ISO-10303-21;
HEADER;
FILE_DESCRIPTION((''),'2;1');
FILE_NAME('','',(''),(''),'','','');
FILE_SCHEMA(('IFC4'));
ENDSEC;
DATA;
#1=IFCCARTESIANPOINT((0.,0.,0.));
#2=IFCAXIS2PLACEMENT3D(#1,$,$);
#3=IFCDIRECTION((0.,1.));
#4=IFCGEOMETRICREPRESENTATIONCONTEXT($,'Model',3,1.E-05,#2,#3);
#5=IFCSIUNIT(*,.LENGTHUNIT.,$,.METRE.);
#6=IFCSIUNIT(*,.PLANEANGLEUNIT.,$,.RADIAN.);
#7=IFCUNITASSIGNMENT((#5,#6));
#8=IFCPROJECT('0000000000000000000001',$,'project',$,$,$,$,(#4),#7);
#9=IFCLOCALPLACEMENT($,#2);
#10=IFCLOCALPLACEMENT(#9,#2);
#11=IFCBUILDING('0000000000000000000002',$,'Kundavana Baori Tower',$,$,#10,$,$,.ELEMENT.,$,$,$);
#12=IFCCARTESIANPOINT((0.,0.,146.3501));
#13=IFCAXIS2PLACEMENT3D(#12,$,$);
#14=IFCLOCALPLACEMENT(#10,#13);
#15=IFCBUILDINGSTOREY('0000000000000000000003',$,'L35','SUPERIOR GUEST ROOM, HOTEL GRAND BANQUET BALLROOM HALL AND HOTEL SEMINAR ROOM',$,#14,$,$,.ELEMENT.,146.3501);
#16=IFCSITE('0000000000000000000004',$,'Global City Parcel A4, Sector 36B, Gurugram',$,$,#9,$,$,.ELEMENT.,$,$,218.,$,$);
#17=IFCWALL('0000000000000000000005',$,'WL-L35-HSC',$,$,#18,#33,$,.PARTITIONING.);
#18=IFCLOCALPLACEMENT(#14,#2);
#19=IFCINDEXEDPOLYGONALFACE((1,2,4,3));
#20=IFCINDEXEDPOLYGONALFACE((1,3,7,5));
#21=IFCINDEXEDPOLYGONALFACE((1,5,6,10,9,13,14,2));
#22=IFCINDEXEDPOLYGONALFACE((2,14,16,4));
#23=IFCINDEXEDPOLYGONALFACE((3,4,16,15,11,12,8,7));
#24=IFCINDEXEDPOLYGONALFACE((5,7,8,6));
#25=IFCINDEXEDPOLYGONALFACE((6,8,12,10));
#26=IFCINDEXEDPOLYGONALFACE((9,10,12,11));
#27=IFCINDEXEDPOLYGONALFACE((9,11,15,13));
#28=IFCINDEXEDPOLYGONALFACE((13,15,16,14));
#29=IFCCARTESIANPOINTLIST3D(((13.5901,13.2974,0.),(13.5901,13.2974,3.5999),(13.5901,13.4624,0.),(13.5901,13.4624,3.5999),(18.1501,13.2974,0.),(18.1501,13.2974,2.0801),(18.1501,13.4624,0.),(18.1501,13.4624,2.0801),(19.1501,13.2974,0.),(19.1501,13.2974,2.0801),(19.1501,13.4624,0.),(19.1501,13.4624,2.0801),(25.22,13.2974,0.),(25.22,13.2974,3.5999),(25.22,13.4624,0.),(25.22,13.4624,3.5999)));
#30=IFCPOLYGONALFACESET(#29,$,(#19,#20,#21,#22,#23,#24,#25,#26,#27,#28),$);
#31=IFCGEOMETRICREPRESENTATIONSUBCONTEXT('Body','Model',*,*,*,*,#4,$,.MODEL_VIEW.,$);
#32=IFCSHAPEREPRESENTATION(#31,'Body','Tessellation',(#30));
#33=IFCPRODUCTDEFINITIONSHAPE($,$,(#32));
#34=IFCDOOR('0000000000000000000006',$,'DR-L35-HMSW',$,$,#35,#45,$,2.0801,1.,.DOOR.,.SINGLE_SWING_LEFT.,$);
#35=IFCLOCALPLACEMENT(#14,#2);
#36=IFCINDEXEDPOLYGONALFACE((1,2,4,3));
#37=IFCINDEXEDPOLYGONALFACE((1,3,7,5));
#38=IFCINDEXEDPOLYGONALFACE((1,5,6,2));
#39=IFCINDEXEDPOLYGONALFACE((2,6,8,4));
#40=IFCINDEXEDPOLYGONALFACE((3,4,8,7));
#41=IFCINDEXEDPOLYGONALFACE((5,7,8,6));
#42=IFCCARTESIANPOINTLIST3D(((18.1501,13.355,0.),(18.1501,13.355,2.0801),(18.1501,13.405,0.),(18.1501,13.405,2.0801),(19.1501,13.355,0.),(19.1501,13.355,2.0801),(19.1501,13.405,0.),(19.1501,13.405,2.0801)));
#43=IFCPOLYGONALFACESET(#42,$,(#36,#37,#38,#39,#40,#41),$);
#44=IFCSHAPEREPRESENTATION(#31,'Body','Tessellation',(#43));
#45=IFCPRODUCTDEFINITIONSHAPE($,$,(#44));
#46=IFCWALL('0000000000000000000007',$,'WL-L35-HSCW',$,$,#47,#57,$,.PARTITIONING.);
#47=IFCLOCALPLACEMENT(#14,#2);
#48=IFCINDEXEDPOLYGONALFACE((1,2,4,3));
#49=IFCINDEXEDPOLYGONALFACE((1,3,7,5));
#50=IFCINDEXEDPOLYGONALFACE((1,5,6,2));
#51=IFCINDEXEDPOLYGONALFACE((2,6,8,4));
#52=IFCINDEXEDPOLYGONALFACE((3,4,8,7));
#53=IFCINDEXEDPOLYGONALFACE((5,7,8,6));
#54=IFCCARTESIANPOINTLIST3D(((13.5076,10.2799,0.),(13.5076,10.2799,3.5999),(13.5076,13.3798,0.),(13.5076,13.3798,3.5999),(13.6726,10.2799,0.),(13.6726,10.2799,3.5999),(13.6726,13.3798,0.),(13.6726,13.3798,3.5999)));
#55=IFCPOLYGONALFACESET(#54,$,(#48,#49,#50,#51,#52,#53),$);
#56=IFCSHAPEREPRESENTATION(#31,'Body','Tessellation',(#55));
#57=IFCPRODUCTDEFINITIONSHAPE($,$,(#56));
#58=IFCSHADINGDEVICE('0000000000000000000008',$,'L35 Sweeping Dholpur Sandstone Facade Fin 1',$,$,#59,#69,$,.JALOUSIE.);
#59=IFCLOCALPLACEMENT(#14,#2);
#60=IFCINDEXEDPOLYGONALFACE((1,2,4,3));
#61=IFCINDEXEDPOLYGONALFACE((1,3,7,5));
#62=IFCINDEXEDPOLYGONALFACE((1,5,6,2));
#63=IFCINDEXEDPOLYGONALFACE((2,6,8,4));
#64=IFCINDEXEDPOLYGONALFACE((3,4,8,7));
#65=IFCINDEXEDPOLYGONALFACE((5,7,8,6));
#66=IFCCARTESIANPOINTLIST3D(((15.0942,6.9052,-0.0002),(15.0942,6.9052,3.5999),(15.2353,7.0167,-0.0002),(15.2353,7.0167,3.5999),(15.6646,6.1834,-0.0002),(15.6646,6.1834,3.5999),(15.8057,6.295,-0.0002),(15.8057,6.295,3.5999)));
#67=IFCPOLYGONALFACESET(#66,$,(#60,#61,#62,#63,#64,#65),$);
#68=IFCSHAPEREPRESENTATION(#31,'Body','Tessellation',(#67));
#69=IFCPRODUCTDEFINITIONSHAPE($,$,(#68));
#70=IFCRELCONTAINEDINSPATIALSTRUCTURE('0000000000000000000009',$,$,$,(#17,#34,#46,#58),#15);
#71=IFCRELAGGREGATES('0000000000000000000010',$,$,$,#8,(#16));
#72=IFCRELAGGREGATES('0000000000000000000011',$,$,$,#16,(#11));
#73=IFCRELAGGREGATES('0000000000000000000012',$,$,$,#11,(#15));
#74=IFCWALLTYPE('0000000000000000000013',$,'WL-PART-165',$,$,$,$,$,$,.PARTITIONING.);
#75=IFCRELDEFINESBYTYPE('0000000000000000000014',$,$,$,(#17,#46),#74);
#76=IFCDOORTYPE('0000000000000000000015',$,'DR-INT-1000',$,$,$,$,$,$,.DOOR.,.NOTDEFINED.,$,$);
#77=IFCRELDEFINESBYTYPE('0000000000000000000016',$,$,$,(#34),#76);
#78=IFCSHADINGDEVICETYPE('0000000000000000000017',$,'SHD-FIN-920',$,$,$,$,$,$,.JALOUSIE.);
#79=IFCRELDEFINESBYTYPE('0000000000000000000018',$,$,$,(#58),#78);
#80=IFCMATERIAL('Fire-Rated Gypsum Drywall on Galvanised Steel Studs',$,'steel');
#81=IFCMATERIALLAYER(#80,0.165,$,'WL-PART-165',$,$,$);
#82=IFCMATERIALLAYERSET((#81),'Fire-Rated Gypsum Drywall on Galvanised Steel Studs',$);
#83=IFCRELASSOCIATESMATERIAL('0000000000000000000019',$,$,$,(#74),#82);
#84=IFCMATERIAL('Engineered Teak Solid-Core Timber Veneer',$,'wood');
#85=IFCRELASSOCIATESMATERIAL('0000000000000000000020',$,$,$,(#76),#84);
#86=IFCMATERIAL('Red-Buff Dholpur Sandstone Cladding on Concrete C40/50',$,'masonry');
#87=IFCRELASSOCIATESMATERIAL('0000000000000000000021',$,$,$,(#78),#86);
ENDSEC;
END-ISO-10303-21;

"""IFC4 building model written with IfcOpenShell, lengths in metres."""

from ifc_helpers import new_model, si_unit, direction, frame, frame_2d, origin, origin_2d, place, context, subcontext, project, spatial, rectangle, extrude, material, layer, layer_set, type_object, element, fill, save


model = new_model("IFC4")

# Units and contexts
model_context = context("Model", 3, precision=1e-05, world=origin(), true_north=direction((0.0, 1.0)))
body_context = subcontext(model_context, "Body", "Model", "MODEL_VIEW")
ifc_project = project(units=[si_unit("LENGTHUNIT", "METRE"), si_unit("PLANEANGLEUNIT", "RADIAN")], contexts=[model_context])

# Site, building, storey
site_placement = place(None, origin())
site = spatial("IfcSite", under=ifc_project, at=site_placement, Name="Global City Parcel A4, Sector 36B, Gurugram", CompositionType="ELEMENT", RefElevation=218.0)
building_placement = place(site_placement, origin())
building = spatial("IfcBuilding", under=site, at=building_placement, Name="Kundavana Baori Tower", CompositionType="ELEMENT")
storey_placement = place(building_placement, frame((0.0, 0.0, 146.3501)))
storey = spatial("IfcBuildingStorey", under=building, at=storey_placement, Name="L35", Description="SUPERIOR GUEST ROOM, HOTEL GRAND BANQUET BALLROOM HALL AND HOTEL SEMINAR ROOM", CompositionType="ELEMENT", Elevation=146.3501)

# Shared definitions
ifc_material_1 = material(Name="Fire-Rated Gypsum Drywall on Galvanised Steel Studs", Category="steel")
ifc_layer_1 = layer(ifc_material_1, 0.165, Name="WL-PART-165")
ifc_layer_set_1 = layer_set([ifc_layer_1], Name="Fire-Rated Gypsum Drywall on Galvanised Steel Studs")
wall_type_1 = type_object("IfcWallType", Name="WL-PART-165", PredefinedType="PARTITIONING", material=ifc_layer_set_1)

# Wall, opening, door
wall_1_placement = place(storey_placement, frame((13.5901, 13.3799, 0.0), z_axis=(0.0, 0.0, 1.0), x_axis=(1.0, 0.0, 0.0)))
wall_1 = element("IfcWall", 1, at=wall_1_placement, inside=storey, type_object=wall_type_1, Name="WL-L35-HSC", PredefinedType="PARTITIONING", context=body_context, shape_type="SweptSolid", body=[
    extrude(rectangle(XDim=11.6299, YDim=0.165, at=frame_2d((5.8149, 0.0))), origin(), (0.0, 0.0, 1.0), 3.5999),
])
opening_1_placement = place(wall_1_placement, frame((4.5601, 0.0, 0.0)))
opening_1 = element("IfcOpeningElement", 2, at=opening_1_placement, cuts=wall_1, PredefinedType="OPENING", context=body_context, shape_type="SweptSolid", body=[
    extrude(rectangle(XDim=1.0, YDim=2.0801, at=frame_2d((0.5, 1.04))), frame((0.0, 0.0925, 0.0), z_axis=(0.0, -1.0, 0.0), x_axis=(1.0, 0.0, 0.0)), (0.0, 0.0, 1.0), 0.1851),
])
ifc_material_2 = material(Name="Engineered Teak Solid-Core Timber Veneer", Category="wood")
door_type_1 = type_object("IfcDoorType", Name="DR-INT-1000", OperationType="NOTDEFINED", PredefinedType="DOOR", material=ifc_material_2)
door_1_placement = place(opening_1_placement, frame((1.0, 0.0, 0.0), z_axis=(0.0, 0.0, 1.0), x_axis=(-1.0, 0.0, 0.0)))
door_1 = element("IfcDoor", 3, at=door_1_placement, inside=storey, type_object=door_type_1, Name="DR-L35-HMSW", OperationType="SINGLE_SWING_LEFT", OverallHeight=2.0801, OverallWidth=1.0, PredefinedType="DOOR", context=body_context, shape_type="SweptSolid", body=[
    extrude(rectangle(XDim=1.0, YDim=2.0801, at=frame_2d((0.5, 1.04))), frame((0.0, 0.0249, 0.0), z_axis=(0.0, -1.0, 0.0), x_axis=(1.0, 0.0, 0.0)), (0.0, 0.0, 1.0), 0.05),
])
fill(opening_1, door_1)

# Wall
wall_2_placement = place(storey_placement, frame((13.5901, 10.28, 0.0), z_axis=(0.0, 0.0, 1.0), x_axis=(0.0, 1.0, 0.0)))
element("IfcWall", 4, at=wall_2_placement, inside=storey, type_object=wall_type_1, Name="WL-L35-HSCW", PredefinedType="PARTITIONING", context=body_context, shape_type="SweptSolid", body=[
    extrude(rectangle(XDim=3.0999, YDim=0.165, at=frame_2d((1.5498, 0.0))), origin(), (0.0, 0.0, 1.0), 3.5999),
])

# Shading device
ifc_material_3 = material(Name="Red-Buff Dholpur Sandstone Cladding on Concrete C40/50", Category="masonry")
shading_device_type = type_object("IfcShadingDeviceType", Name="SHD-FIN-920", PredefinedType="JALOUSIE", material=ifc_material_3)
shading_device_placement = place(storey_placement, frame((15.45, 6.6001, -0.0002), z_axis=(0.0, 0.0, 1.0), x_axis=(0.78456, 0.620053, 0.0)))
element("IfcShadingDevice", 5, at=shading_device_placement, inside=storey, type_object=shading_device_type, Name="L35 Sweeping Dholpur Sandstone Facade Fin 1", PredefinedType="JALOUSIE", context=body_context, shape_type="SweptSolid", body=[
    extrude(rectangle(XDim=0.1799, YDim=0.9199, at=origin_2d()), origin(), (0.0, 0.0, 1.0), 3.6001),
])

save(model, "model.ifc")
